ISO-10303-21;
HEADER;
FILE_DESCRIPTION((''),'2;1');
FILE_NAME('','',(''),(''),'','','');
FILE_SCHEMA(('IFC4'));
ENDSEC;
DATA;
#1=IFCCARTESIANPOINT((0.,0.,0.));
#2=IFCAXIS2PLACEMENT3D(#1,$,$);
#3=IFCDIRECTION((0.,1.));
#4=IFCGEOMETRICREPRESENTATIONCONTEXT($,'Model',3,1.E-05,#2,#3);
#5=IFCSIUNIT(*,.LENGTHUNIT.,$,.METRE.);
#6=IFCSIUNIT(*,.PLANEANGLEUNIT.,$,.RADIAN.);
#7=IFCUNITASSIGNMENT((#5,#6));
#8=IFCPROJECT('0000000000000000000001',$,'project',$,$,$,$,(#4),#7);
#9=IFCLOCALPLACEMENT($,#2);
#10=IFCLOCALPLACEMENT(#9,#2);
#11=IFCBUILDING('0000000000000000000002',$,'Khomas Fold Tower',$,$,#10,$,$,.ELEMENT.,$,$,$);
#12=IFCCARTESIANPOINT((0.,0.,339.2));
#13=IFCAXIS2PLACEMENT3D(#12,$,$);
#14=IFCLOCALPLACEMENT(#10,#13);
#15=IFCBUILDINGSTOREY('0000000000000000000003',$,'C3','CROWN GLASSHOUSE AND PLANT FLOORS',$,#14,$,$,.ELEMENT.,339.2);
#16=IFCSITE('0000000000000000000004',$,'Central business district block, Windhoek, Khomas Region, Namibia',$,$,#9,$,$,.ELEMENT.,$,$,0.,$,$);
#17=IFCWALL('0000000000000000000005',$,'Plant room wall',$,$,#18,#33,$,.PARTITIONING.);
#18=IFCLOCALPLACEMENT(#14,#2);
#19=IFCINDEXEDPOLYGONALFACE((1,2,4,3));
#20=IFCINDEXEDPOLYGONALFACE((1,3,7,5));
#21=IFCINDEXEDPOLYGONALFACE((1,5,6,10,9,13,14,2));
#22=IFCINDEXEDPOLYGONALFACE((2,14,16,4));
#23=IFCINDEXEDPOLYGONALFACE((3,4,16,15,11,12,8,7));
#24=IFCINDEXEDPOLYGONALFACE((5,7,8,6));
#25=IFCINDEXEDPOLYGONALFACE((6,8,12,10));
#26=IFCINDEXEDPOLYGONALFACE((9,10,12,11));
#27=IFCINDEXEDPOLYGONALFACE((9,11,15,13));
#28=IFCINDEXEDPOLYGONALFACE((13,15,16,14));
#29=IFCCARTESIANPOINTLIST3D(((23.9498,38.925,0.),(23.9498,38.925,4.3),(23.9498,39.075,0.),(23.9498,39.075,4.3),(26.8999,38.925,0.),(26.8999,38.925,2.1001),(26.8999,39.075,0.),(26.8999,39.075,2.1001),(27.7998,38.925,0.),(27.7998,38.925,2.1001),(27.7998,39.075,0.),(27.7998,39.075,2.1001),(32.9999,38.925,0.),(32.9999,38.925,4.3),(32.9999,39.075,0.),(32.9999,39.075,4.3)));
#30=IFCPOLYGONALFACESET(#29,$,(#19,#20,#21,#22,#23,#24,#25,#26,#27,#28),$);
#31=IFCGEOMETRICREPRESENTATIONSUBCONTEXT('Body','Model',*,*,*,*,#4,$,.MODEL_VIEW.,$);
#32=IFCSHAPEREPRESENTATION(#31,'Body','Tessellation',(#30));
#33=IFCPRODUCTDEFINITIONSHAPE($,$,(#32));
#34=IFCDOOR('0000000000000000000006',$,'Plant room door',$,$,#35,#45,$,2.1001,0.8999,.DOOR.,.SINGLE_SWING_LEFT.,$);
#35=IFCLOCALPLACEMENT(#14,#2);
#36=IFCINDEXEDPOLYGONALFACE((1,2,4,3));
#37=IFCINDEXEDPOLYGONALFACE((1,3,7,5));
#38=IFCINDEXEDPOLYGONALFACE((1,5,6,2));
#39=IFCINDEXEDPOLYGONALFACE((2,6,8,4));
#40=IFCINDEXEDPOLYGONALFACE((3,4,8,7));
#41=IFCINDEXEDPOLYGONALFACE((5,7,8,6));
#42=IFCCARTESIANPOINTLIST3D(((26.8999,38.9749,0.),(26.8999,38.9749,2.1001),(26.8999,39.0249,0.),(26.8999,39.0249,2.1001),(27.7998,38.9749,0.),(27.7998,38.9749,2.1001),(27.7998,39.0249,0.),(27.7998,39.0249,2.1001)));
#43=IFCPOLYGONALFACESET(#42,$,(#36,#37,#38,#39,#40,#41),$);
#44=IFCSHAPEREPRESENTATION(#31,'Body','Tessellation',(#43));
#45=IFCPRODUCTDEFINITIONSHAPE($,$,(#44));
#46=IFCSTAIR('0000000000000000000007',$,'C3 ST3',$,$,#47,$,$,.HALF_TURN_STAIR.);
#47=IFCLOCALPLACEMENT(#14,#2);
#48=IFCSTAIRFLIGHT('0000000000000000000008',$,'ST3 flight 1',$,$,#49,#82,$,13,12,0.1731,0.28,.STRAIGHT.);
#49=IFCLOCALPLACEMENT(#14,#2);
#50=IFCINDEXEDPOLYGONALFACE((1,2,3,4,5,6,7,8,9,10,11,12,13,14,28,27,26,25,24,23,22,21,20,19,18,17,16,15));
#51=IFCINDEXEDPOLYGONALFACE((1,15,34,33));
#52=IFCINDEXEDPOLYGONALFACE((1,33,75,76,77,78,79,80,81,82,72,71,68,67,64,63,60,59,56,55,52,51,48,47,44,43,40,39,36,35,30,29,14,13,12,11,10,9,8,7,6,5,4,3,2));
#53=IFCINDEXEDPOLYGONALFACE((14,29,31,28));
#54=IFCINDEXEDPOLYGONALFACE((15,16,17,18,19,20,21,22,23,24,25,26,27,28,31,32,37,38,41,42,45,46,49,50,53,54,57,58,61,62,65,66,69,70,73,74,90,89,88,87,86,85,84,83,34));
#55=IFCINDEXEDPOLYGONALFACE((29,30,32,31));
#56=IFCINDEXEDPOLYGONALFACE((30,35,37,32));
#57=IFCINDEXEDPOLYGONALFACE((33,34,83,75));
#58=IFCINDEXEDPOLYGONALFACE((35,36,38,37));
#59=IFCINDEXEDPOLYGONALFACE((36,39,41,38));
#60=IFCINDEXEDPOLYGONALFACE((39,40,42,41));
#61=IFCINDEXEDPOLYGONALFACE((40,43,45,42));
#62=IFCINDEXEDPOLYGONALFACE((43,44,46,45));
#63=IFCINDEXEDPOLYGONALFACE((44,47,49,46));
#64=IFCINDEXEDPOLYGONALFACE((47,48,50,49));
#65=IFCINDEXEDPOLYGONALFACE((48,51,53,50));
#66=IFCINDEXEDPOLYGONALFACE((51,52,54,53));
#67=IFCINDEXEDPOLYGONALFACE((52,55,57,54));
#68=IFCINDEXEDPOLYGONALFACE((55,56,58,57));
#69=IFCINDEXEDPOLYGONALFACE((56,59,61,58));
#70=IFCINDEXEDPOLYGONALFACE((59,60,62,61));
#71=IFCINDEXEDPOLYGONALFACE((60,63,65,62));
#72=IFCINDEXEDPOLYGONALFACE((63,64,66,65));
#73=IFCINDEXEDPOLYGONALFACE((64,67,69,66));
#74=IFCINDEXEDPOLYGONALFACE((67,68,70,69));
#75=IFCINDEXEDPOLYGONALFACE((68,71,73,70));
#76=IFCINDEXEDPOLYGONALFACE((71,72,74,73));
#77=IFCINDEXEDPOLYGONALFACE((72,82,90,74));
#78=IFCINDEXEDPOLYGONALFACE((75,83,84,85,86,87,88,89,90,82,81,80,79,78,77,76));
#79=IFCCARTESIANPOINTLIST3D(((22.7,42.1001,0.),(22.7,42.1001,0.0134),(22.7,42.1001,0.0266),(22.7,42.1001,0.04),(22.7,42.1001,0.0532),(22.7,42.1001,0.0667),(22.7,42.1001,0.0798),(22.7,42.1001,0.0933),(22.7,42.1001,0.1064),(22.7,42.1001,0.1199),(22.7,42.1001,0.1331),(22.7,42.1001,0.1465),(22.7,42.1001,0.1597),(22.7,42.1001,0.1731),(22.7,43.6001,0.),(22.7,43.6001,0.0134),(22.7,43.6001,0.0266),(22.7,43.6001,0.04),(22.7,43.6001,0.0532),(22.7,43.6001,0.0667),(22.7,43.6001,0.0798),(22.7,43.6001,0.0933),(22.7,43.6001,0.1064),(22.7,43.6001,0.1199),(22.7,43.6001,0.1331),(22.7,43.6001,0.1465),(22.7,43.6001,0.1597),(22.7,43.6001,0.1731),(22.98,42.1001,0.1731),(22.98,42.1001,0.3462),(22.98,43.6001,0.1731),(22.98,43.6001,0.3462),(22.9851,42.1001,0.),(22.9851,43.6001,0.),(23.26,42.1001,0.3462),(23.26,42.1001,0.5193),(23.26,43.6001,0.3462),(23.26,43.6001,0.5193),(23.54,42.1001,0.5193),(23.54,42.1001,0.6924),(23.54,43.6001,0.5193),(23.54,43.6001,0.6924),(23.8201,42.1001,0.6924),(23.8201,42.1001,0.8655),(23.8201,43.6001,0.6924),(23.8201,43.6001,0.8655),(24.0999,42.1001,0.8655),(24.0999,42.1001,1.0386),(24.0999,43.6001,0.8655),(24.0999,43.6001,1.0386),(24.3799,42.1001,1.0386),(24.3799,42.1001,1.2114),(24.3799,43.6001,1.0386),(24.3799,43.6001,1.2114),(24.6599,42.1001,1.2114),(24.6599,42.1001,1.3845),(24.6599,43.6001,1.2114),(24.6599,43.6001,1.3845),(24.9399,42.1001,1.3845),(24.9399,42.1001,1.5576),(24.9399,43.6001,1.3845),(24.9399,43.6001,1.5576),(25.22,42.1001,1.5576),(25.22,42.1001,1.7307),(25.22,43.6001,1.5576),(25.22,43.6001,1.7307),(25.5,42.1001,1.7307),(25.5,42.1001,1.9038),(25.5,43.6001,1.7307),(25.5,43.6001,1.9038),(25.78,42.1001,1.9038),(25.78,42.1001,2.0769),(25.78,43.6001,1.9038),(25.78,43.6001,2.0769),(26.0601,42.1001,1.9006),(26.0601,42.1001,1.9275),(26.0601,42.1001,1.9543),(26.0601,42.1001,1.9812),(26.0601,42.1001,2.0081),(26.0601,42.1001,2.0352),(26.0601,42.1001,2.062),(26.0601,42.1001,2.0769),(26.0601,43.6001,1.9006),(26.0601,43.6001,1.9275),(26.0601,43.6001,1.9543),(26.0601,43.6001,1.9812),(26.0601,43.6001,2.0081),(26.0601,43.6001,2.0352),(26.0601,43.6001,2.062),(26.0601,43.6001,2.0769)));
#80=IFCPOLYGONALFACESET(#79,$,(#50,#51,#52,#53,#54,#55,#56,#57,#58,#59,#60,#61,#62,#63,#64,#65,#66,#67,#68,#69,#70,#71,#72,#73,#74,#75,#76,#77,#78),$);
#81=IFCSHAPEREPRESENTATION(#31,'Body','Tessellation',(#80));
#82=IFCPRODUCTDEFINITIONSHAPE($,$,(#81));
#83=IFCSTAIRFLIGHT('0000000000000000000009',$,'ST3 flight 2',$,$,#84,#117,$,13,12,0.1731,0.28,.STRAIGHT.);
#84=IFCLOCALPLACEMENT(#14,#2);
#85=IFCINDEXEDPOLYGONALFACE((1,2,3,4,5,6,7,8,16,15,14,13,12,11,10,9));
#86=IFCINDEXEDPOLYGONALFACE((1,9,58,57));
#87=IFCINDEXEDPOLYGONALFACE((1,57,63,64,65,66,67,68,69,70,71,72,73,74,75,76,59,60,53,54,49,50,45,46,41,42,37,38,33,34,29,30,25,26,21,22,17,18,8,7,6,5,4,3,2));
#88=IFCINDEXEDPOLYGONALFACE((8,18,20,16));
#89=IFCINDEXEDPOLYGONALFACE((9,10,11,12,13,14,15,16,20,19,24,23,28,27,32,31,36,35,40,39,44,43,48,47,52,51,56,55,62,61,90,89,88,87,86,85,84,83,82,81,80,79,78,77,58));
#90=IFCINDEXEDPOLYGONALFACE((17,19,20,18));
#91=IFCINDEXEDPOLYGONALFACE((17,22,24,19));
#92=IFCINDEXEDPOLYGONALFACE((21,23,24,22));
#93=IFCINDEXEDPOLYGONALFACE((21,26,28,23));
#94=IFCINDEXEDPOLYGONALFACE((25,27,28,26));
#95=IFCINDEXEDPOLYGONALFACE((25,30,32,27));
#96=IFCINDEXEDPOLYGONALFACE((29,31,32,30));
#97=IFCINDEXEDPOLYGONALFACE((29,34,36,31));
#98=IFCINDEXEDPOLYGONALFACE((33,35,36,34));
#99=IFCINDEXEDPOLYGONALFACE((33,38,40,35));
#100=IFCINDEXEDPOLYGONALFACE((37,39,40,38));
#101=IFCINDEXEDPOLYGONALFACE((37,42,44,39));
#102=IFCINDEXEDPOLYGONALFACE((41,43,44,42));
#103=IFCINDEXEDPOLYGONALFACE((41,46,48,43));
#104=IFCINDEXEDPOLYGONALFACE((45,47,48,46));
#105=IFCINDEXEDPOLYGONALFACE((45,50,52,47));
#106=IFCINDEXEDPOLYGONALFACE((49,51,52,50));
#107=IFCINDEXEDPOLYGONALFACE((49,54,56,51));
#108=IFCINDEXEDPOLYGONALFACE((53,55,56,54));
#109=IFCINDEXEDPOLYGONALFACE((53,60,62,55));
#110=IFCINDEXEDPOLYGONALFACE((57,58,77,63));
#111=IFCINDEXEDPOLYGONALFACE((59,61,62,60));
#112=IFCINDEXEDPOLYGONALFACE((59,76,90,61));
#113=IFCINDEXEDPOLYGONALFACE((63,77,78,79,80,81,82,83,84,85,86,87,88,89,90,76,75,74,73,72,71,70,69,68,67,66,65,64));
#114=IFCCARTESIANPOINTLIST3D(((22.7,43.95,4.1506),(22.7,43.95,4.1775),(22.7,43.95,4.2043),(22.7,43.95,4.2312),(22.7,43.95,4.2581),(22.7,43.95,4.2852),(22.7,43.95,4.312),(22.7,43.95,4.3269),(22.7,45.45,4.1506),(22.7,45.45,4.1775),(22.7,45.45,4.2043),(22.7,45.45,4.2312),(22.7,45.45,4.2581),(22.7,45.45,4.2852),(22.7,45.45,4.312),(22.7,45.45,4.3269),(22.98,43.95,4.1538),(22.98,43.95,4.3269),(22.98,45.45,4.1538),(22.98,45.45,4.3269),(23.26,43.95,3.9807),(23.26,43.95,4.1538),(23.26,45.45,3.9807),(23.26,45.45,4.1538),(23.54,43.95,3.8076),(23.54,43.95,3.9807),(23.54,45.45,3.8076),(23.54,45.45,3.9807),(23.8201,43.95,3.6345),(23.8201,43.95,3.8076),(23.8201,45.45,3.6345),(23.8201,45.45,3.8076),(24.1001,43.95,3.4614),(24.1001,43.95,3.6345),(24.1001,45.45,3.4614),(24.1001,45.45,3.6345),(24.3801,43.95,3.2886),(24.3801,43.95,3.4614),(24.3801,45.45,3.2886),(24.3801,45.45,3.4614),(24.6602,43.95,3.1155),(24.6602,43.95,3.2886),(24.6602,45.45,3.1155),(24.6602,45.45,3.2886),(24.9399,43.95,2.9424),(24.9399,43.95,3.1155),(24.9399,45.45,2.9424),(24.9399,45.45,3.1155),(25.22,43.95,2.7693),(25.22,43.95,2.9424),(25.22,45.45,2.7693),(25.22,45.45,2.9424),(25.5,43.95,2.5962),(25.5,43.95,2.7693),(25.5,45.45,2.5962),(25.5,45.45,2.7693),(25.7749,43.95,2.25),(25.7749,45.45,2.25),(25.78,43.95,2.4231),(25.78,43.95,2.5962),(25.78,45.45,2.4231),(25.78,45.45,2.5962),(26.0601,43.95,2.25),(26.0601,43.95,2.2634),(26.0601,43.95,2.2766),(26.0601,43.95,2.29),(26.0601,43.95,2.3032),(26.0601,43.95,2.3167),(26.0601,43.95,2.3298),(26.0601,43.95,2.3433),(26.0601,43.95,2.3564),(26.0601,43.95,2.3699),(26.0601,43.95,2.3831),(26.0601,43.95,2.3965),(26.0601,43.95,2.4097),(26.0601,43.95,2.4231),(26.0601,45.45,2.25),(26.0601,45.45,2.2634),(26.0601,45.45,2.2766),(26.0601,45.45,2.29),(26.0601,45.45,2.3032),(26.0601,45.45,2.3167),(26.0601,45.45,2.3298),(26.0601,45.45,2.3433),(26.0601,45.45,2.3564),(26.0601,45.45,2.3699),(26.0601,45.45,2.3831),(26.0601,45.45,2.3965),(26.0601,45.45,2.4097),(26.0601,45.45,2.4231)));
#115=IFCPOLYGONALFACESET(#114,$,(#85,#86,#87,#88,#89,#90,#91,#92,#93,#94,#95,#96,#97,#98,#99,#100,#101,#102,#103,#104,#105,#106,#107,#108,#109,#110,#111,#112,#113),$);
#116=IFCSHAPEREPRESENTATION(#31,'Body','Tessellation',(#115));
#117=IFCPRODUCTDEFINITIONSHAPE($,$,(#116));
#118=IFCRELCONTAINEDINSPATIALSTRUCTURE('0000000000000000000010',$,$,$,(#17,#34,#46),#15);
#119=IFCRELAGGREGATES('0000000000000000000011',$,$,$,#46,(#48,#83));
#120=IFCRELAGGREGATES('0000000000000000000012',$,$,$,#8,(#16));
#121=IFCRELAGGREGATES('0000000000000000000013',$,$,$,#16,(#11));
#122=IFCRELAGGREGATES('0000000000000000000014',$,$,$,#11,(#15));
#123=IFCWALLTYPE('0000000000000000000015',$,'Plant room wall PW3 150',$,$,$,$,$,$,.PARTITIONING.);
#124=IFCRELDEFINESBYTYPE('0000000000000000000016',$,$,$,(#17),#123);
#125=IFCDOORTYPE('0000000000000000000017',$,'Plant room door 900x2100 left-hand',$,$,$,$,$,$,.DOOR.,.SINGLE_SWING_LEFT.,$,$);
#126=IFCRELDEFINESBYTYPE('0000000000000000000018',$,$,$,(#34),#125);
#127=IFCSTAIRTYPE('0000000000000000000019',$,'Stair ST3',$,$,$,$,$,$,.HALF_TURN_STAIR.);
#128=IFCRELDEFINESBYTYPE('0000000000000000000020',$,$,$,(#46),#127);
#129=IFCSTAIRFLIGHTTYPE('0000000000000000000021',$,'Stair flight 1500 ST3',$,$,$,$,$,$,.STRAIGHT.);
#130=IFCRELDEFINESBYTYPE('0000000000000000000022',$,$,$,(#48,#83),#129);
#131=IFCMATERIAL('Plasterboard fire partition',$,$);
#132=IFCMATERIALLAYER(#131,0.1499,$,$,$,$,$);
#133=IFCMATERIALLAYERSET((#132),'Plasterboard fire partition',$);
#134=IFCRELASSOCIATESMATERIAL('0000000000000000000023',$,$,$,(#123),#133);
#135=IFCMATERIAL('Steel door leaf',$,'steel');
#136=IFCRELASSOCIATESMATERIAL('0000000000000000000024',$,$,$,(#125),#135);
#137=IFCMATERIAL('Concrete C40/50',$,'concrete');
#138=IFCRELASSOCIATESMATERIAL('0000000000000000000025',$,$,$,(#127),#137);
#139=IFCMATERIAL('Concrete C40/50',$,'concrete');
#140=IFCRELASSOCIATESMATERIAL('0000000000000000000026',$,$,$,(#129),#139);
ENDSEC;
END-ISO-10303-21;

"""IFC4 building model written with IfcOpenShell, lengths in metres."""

from ifc_helpers import new_model, si_unit, direction, frame, frame_2d, origin, place, context, subcontext, project, spatial, polyline, rectangle, outline, extrude, source, transform, mapped, material, layer, layer_set, type_object, element, fill, aggregate, save


model = new_model("IFC4")

# Units and contexts
model_context = context("Model", 3, precision=1e-05, world=origin(), true_north=direction((0.0, 1.0)))
body_context = subcontext(model_context, "Body", "Model", "MODEL_VIEW")
ifc_project = project(units=[si_unit("LENGTHUNIT", "METRE"), si_unit("PLANEANGLEUNIT", "RADIAN")], contexts=[model_context])

# Site, building, storey
site_placement = place(None, origin())
site = spatial("IfcSite", under=ifc_project, at=site_placement, Name="Central business district block, Windhoek, Khomas Region, Namibia", CompositionType="ELEMENT", RefElevation=0.0)
building_placement = place(site_placement, origin())
building = spatial("IfcBuilding", under=site, at=building_placement, Name="Khomas Fold Tower", CompositionType="ELEMENT")
storey_placement = place(building_placement, frame((0.0, 0.0, 339.2)))
storey = spatial("IfcBuildingStorey", under=building, at=storey_placement, Name="C3", Description="CROWN GLASSHOUSE AND PLANT FLOORS", CompositionType="ELEMENT", Elevation=339.2)

# Shared definitions
ifc_material_1 = material(Name="Plasterboard fire partition")
ifc_layer_1 = layer(ifc_material_1, 0.1499)
ifc_layer_set_1 = layer_set([ifc_layer_1], Name="Plasterboard fire partition")
wall_type_1 = type_object("IfcWallType", Name="Plant room wall PW3 150", PredefinedType="PARTITIONING", material=ifc_layer_set_1)

# Wall, opening, door
shared_shape_1 = source(origin(), body_context, "Body", "SweptSolid", [
    extrude(rectangle(XDim=9.05, YDim=0.1499, at=frame_2d((4.5249, 0.0))), origin(), (0.0, 0.0, 1.0), 4.3),
])
wall_1_placement = place(storey_placement, frame((23.95, 39.0, 0.0), z_axis=(0.0, 0.0, 1.0), x_axis=(1.0, 0.0, 0.0)))
wall_1 = element("IfcWall", 1, at=wall_1_placement, inside=storey, type_object=wall_type_1, Name="Plant room wall", PredefinedType="PARTITIONING", context=body_context, shape_type="MappedRepresentation", body=[
    mapped(shared_shape_1, transform((0.0, 0.0, 0.0))),
])
shared_shape_2 = source(origin(), body_context, "Body", "SweptSolid", [
    extrude(rectangle(XDim=0.8999, YDim=2.1001, at=frame_2d((0.45, 1.05))), frame((0.0, 0.085, 0.0), z_axis=(0.0, -1.0, 0.0), x_axis=(1.0, 0.0, 0.0)), (0.0, 0.0, 1.0), 0.1699),
])
opening_1_placement = place(wall_1_placement, frame((2.95, 0.0, 0.0)))
opening_1 = element("IfcOpeningElement", 2, at=opening_1_placement, cuts=wall_1, PredefinedType="OPENING", context=body_context, shape_type="MappedRepresentation", body=[
    mapped(shared_shape_2, transform((0.0, 0.0, 0.0))),
])
ifc_material_2 = material(Name="Steel door leaf", Category="steel")
door_type_1 = type_object("IfcDoorType", Name="Plant room door 900x2100 left-hand", OperationType="SINGLE_SWING_LEFT", PredefinedType="DOOR", material=ifc_material_2)
shared_shape_3 = source(origin(), body_context, "Body", "SweptSolid", [
    extrude(rectangle(XDim=0.8999, YDim=2.1001, at=frame_2d((0.45, 1.05))), frame((0.0, 0.0249, 0.0), z_axis=(0.0, -1.0, 0.0), x_axis=(1.0, 0.0, 0.0)), (0.0, 0.0, 1.0), 0.05),
])
door_1_placement = place(opening_1_placement, origin())
door_1 = element("IfcDoor", 3, at=door_1_placement, inside=storey, type_object=door_type_1, Name="Plant room door", OperationType="SINGLE_SWING_LEFT", OverallHeight=2.1001, OverallWidth=0.8999, PredefinedType="DOOR", context=body_context, shape_type="MappedRepresentation", body=[
    mapped(shared_shape_3, transform((0.0, 0.0, 0.0))),
])
fill(opening_1, door_1)

# Stair, stair flights
ifc_material_3 = material(Name="Concrete C40/50", Category="concrete")
stair_type = type_object("IfcStairType", Name="Stair ST3", PredefinedType="HALF_TURN_STAIR", material=ifc_material_3)
stair_placement = place(storey_placement, origin())
stair = element("IfcStair", 4, at=stair_placement, inside=storey, type_object=stair_type, Name="C3 ST3", PredefinedType="HALF_TURN_STAIR")
ifc_material_4 = material(Name="Concrete C40/50", Category="concrete")
stair_flight_type = type_object("IfcStairFlightType", Name="Stair flight 1500 ST3", PredefinedType="STRAIGHT", material=ifc_material_4)
shared_shape_4 = source(origin(), body_context, "Body", "SweptSolid", [
    extrude(outline(polyline([(0.0, 0.0), (0.0, 0.0134), (0.0, 0.0266), (0.0, 0.04), (0.0, 0.0532), (0.0, 0.0667), (0.0, 0.0798), (0.0, 0.0933), (0.0, 0.1064), (0.0, 0.1199), (0.0, 0.1331), (0.0, 0.1465), (0.0, 0.1597), (0.0, 0.1731), (0.28, 0.1731), (0.28, 0.3462), (0.5601, 0.3462), (0.5601, 0.5193), (0.8401, 0.5193), (0.8401, 0.6924), (1.1201, 0.6924), (1.1201, 0.8655), (1.3999, 0.8655), (1.3999, 1.0386), (1.6799, 1.0386), (1.6799, 1.2114), (1.96, 1.2114), (1.96, 1.3845), (2.24, 1.3845), (2.24, 1.5576), (2.52, 1.5576), (2.52, 1.7307), (2.8, 1.7307), (2.8, 1.9038), (3.0801, 1.9038), (3.0801, 2.0769), (3.3601, 2.0769), (3.3601, 2.25), (3.3601, 2.2231), (3.3601, 2.1963), (3.3601, 2.1694), (3.3601, 2.1426), (3.3601, 2.1157), (3.3601, 2.0889), (3.3601, 2.062), (3.3601, 2.0352), (3.3601, 2.0081), (3.3601, 1.9812), (3.3601, 1.9543), (3.3601, 1.9275), (3.3601, 1.9006), (0.2852, 0.0), (0.0, 0.0)])), frame((0.0, 0.75, 0.0), z_axis=(0.0, -1.0, 0.0), x_axis=(1.0, 0.0, 0.0)), (0.0, 0.0, 1.0), 1.5),
])
stair_flight_1_placement = place(storey_placement, frame((22.7, 42.8501, 0.0), z_axis=(0.0, 0.0, 1.0), x_axis=(1.0, 0.0, 0.0)))
stair_flight_1 = element("IfcStairFlight", 5, at=stair_flight_1_placement, type_object=stair_flight_type, Name="ST3 flight 1", NumberOfRisers=13, NumberOfTreads=12, PredefinedType="STRAIGHT", RiserHeight=0.1731, TreadLength=0.28, context=body_context, shape_type="MappedRepresentation", body=[
    mapped(shared_shape_4, transform((0.0, 0.0, 0.0))),
])
stair_flight_2_placement = place(storey_placement, frame((26.0601, 44.7, 2.25), z_axis=(0.0, 0.0, 1.0), x_axis=(-1.0, 0.0, 0.0)))
stair_flight_2 = element("IfcStairFlight", 6, at=stair_flight_2_placement, type_object=stair_flight_type, Name="ST3 flight 2", NumberOfRisers=13, NumberOfTreads=12, PredefinedType="STRAIGHT", RiserHeight=0.1731, TreadLength=0.28, context=body_context, shape_type="MappedRepresentation", body=[
    mapped(shared_shape_4, transform((0.0, 0.0, 0.0))),
])
aggregate(stair, [stair_flight_1, stair_flight_2])

save(model, "model.ifc")
